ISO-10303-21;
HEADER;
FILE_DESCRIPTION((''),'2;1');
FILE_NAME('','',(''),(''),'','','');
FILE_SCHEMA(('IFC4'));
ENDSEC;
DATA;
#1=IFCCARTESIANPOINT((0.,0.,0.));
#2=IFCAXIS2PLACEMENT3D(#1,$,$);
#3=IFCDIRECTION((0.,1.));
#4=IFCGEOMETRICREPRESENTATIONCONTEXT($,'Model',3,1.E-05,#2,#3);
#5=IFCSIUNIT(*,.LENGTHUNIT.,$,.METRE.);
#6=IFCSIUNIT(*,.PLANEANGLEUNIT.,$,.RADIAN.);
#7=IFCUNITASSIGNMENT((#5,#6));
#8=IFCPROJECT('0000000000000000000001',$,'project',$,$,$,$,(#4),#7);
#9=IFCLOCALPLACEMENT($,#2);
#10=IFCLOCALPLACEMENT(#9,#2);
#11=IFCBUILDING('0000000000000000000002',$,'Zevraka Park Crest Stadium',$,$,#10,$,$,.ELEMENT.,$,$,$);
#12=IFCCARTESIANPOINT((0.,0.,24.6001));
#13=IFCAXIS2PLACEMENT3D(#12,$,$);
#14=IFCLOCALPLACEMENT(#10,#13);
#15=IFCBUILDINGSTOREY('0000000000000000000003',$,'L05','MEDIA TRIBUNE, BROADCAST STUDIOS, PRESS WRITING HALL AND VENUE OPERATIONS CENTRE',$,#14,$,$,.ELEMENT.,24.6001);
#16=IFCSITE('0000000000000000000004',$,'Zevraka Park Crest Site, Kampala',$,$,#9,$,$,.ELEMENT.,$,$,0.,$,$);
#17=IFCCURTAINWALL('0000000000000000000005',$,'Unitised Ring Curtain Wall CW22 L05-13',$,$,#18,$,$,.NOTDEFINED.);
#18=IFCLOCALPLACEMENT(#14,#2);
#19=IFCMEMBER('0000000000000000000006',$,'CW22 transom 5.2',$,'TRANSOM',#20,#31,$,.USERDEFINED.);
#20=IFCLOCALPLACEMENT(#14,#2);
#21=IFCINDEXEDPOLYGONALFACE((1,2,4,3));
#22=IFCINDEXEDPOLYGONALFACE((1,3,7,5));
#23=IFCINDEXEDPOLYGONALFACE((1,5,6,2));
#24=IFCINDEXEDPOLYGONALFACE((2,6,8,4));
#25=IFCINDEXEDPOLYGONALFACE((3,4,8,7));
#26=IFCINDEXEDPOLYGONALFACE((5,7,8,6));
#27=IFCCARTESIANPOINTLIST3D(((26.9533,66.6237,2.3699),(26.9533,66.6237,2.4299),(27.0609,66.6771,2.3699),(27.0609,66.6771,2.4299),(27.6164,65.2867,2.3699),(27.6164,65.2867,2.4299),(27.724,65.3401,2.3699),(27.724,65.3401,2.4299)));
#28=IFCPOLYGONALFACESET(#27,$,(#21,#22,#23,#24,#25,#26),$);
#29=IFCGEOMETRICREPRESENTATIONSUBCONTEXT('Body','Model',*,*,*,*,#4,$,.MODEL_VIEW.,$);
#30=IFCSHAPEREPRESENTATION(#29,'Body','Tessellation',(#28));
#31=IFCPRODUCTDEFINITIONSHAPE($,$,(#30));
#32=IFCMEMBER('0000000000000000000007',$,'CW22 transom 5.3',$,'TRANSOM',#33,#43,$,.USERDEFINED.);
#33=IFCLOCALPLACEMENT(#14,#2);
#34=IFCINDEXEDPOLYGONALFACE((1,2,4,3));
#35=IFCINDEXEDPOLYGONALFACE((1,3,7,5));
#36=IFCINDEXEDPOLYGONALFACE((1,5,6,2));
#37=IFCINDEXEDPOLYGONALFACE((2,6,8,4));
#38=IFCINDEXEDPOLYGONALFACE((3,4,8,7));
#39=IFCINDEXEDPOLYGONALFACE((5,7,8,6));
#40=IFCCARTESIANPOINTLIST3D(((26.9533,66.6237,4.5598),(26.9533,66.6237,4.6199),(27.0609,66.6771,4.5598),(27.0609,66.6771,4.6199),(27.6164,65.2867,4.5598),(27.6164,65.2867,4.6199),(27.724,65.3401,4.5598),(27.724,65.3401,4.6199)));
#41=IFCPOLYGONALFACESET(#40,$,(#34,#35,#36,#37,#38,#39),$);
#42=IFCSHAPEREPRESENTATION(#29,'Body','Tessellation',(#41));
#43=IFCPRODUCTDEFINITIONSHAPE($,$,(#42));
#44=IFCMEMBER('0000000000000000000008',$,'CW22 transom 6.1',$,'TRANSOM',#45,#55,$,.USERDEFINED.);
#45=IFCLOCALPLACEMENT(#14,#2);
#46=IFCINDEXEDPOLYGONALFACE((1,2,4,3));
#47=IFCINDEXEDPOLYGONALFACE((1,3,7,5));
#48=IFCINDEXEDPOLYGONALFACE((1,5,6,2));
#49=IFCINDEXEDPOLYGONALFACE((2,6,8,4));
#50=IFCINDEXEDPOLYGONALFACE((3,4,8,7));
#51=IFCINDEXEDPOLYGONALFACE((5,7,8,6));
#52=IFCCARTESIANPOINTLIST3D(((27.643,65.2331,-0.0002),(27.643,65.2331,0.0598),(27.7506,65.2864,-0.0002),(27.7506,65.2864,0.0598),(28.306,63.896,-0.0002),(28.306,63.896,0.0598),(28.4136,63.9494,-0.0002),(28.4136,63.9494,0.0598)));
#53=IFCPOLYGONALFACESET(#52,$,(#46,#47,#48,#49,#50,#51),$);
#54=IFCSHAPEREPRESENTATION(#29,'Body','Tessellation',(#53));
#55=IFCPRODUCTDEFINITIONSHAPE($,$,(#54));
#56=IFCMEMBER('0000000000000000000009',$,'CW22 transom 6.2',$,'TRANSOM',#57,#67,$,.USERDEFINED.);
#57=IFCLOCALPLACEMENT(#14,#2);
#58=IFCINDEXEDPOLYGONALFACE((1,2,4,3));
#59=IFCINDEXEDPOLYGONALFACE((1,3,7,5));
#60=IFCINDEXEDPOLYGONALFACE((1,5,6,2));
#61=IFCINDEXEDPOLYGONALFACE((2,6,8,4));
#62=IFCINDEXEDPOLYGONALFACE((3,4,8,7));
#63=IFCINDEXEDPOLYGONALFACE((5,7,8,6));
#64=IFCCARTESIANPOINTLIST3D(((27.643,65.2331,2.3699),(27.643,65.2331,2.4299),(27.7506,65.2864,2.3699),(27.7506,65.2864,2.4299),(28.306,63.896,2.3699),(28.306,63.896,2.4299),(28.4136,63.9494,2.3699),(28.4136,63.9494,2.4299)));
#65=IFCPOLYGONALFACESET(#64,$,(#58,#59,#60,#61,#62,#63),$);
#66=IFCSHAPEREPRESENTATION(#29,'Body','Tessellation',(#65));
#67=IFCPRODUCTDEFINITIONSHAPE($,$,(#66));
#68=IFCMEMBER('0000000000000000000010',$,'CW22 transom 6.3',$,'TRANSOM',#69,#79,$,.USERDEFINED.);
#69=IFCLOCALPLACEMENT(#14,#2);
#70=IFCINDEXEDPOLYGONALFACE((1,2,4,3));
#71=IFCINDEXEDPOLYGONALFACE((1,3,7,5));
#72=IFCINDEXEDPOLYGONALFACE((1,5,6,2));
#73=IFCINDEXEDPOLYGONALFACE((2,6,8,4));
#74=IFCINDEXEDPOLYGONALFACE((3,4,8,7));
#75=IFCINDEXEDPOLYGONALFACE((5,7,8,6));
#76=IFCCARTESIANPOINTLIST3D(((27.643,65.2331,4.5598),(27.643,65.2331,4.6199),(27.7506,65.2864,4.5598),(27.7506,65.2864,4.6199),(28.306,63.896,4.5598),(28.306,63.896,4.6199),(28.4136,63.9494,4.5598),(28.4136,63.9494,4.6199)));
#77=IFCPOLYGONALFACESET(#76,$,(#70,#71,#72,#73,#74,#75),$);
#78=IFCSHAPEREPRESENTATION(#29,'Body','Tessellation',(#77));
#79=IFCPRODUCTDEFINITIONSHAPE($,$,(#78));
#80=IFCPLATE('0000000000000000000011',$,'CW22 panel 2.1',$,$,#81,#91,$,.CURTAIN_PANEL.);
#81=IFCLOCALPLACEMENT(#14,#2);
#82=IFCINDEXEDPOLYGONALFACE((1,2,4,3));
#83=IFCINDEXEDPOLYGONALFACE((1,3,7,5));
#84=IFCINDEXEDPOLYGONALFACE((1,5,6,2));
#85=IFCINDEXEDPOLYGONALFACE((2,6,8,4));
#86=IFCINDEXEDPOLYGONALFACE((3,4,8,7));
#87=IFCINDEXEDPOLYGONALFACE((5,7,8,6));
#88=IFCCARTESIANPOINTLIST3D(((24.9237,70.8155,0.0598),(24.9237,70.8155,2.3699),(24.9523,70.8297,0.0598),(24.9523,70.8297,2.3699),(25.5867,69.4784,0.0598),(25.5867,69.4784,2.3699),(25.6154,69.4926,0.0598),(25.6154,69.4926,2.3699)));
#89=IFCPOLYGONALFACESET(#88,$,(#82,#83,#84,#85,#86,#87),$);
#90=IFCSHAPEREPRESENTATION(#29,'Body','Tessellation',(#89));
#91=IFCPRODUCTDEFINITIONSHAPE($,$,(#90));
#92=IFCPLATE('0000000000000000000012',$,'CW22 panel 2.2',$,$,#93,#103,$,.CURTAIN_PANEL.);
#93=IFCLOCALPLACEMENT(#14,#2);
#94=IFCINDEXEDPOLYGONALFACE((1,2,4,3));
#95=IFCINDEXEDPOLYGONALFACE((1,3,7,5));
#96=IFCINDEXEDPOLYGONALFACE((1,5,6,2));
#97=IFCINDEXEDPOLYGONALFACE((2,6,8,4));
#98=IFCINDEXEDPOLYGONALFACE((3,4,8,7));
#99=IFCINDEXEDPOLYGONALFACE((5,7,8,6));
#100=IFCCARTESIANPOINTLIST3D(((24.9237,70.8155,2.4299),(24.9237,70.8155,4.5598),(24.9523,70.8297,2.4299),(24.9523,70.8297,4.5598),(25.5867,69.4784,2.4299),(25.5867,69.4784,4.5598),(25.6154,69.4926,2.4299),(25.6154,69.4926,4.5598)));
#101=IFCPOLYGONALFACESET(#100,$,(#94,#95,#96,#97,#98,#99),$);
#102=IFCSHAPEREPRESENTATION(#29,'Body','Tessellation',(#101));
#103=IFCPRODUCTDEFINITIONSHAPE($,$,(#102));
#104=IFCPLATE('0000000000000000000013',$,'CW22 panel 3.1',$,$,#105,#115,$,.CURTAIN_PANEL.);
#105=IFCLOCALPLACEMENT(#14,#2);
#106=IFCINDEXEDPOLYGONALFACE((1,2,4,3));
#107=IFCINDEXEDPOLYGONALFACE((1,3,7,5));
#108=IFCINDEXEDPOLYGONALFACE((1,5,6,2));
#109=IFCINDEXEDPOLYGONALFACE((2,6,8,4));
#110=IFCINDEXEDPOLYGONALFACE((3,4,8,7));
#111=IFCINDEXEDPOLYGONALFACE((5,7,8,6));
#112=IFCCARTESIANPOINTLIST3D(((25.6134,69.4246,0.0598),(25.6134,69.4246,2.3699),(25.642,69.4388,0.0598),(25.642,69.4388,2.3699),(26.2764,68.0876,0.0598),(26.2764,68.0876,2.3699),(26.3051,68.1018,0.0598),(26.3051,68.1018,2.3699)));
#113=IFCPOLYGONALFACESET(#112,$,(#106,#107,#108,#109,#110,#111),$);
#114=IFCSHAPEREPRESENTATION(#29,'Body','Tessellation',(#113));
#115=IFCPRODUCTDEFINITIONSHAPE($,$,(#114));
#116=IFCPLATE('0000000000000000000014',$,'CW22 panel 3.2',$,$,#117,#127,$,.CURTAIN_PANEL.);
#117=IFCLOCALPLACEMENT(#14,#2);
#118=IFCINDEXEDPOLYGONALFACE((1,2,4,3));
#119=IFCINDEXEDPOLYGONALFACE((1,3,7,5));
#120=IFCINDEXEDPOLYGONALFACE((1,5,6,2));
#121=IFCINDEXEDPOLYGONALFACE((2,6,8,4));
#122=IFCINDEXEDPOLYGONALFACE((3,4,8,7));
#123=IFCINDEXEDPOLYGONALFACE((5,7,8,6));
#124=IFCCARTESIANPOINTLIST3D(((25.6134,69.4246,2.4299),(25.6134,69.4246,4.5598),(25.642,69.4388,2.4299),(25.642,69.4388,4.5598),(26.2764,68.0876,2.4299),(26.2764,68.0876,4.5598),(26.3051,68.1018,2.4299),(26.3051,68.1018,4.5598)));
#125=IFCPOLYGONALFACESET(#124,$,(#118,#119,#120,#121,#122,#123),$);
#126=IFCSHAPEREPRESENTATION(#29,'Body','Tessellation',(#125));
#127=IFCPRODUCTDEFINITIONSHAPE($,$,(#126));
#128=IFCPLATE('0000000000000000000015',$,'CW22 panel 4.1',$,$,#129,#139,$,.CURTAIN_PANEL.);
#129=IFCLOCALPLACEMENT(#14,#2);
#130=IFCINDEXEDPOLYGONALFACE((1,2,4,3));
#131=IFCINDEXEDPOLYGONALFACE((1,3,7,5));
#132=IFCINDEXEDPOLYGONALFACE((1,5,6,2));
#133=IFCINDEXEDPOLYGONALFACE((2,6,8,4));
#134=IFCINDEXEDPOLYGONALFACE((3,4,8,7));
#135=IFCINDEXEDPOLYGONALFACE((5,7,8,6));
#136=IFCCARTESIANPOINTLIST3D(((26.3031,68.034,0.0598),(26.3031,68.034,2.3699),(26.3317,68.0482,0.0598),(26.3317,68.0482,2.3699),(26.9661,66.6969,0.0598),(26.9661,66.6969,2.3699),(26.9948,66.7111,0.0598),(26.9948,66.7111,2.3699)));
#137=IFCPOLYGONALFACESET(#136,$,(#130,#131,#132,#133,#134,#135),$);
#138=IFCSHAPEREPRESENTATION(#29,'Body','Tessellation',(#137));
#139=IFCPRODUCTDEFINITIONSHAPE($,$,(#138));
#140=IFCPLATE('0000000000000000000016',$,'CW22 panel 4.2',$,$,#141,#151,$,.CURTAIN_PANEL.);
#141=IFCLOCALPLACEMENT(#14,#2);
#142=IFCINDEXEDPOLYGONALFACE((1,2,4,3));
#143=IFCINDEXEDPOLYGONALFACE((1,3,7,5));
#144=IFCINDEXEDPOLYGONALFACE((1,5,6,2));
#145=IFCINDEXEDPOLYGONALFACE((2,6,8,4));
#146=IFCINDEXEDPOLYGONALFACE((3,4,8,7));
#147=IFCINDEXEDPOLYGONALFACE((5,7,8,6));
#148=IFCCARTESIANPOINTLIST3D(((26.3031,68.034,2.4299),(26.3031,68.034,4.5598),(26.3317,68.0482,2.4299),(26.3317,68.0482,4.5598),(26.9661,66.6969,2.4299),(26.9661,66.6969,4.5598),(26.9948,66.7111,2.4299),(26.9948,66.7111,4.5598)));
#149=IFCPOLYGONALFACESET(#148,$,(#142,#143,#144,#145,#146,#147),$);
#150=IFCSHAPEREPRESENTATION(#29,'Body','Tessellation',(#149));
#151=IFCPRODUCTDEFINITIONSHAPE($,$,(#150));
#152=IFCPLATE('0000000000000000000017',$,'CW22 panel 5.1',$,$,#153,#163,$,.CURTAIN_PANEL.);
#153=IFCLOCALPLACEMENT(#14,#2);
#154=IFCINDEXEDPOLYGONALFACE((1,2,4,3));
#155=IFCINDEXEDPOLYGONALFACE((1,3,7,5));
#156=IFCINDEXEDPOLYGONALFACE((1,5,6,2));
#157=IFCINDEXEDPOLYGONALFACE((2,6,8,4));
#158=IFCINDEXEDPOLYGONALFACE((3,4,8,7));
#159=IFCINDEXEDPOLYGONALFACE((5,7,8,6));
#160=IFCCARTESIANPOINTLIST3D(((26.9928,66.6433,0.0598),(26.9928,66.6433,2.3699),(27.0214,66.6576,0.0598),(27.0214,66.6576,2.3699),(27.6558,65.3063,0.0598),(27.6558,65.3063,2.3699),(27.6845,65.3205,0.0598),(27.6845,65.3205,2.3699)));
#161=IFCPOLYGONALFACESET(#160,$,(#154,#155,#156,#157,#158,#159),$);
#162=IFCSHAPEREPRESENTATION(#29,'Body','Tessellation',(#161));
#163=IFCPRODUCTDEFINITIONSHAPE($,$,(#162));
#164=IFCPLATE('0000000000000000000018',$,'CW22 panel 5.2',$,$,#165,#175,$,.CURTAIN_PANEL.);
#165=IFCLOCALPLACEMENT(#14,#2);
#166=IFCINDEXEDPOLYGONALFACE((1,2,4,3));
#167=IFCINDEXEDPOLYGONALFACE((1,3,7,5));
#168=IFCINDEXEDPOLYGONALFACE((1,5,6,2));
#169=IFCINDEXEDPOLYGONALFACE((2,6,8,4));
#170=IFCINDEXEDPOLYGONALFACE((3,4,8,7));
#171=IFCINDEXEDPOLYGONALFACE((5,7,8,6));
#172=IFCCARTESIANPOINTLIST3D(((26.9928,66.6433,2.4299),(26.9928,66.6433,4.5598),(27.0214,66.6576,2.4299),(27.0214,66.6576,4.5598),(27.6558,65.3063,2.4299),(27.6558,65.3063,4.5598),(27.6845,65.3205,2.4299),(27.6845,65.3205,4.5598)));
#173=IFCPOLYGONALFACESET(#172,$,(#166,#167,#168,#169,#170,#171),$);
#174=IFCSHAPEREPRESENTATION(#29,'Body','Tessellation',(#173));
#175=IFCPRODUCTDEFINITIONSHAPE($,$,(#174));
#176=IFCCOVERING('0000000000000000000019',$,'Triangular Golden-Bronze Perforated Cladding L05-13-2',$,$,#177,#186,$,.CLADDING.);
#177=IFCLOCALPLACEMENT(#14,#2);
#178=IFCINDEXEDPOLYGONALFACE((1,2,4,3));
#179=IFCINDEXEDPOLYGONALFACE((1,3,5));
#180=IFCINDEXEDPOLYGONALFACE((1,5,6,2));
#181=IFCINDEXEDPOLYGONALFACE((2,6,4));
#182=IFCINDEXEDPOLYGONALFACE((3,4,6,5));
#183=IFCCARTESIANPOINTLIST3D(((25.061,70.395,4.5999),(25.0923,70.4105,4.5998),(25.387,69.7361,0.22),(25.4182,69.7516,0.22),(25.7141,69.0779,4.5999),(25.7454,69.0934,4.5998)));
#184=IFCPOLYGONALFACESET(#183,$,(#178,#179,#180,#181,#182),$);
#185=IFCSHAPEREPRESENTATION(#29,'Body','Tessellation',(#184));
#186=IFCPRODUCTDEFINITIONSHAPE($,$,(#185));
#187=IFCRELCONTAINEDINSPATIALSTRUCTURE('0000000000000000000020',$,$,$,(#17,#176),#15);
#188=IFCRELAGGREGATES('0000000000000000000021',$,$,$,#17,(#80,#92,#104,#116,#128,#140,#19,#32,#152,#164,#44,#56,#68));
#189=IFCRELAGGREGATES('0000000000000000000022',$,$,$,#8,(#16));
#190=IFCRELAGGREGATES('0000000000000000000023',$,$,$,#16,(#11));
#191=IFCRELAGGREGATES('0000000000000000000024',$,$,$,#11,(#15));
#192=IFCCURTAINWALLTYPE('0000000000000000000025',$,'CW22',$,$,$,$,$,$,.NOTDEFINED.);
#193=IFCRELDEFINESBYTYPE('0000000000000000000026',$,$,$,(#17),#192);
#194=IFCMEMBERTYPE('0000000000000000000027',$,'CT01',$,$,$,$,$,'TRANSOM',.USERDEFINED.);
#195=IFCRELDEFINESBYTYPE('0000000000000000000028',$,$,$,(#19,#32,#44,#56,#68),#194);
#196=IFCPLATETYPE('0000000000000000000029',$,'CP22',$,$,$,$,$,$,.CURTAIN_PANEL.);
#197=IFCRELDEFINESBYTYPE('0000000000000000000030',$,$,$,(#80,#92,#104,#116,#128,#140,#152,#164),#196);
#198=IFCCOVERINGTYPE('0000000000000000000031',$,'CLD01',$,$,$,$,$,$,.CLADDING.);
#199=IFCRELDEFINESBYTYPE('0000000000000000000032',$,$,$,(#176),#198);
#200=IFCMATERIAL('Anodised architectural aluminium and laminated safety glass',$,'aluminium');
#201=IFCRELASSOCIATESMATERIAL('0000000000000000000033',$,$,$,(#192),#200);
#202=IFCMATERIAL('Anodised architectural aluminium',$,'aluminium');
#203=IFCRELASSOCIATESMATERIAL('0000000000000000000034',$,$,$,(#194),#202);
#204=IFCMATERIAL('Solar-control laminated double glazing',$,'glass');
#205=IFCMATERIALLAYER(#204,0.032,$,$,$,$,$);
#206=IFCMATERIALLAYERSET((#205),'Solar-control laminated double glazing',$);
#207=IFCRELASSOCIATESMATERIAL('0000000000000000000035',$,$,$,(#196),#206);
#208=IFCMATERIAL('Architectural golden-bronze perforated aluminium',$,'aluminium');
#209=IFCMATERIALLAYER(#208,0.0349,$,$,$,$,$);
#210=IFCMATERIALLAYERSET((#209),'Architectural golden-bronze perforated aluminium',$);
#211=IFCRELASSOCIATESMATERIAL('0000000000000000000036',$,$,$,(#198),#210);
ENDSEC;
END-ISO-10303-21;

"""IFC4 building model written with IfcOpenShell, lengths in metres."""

from ifc_helpers import new_model, si_unit, direction, frame, origin, origin_2d, place, context, subcontext, project, spatial, polyline, rectangle, outline, extrude, material, layer, layer_set, material_profile, profile_set, type_object, element, aggregate, save


model = new_model("IFC4")

# Units and contexts
model_context = context("Model", 3, precision=1e-05, world=origin(), true_north=direction((0.0, 1.0)))
body_context = subcontext(model_context, "Body", "Model", "MODEL_VIEW")
ifc_project = project(units=[si_unit("LENGTHUNIT", "METRE"), si_unit("PLANEANGLEUNIT", "RADIAN")], contexts=[model_context])

# Site, building, storey
site_placement = place(None, origin())
site = spatial("IfcSite", under=ifc_project, at=site_placement, Name="Zevraka Park Crest Site, Kampala", CompositionType="ELEMENT", RefElevation=0.0)
building_placement = place(site_placement, origin())
building = spatial("IfcBuilding", under=site, at=building_placement, Name="Zevraka Park Crest Stadium", CompositionType="ELEMENT")
storey_placement = place(building_placement, frame((0.0, 0.0, 24.6001)))
storey = spatial("IfcBuildingStorey", under=building, at=storey_placement, Name="L05", Description="MEDIA TRIBUNE, BROADCAST STUDIOS, PRESS WRITING HALL AND VENUE OPERATIONS CENTRE", CompositionType="ELEMENT", Elevation=24.6001)

# Curtain wall, members, plates
ifc_material_1 = material(Name="Anodised architectural aluminium and laminated safety glass", Category="aluminium")
curtain_wall_type = type_object("IfcCurtainWallType", Name="CW22", PredefinedType="NOTDEFINED", material=ifc_material_1)
curtain_wall_placement = place(storey_placement, origin())
curtain_wall = element("IfcCurtainWall", 1, at=curtain_wall_placement, inside=storey, type_object=curtain_wall_type, Name="Unitised Ring Curtain Wall CW22 L05-13", PredefinedType="NOTDEFINED")
ifc_material_2 = material(Name="Anodised architectural aluminium", Category="aluminium")
ifc_material_profile_1 = material_profile(ifc_material_2, rectangle(XDim=0.1201, YDim=0.0601, at=origin_2d()), Name="ALU TRANSOM 120x60")
ifc_profile_set_1 = profile_set([ifc_material_profile_1], Name="Anodised architectural aluminium")
member_type_1 = type_object("IfcMemberType", Name="CT01", ElementType="TRANSOM", PredefinedType="USERDEFINED", material=ifc_profile_set_1)
member_1_placement = place(storey_placement, frame((27.0071, 66.6504, 2.3999), z_axis=(0.444332, -0.895862, 0.0), x_axis=(0.895862, 0.444332, 0.0)))
member_1 = element("IfcMember", 2, at=member_1_placement, type_object=member_type_1, Name="CW22 transom 5.2", ObjectType="TRANSOM", PredefinedType="USERDEFINED", context=body_context, shape_type="SweptSolid", body=[
    extrude(rectangle(XDim=0.1201, YDim=0.0601, at=origin_2d()), origin(), (0.0, 0.0, 1.0), 1.4924),
])
member_2_placement = place(storey_placement, frame((27.0071, 66.6504, 4.5898), z_axis=(0.444332, -0.895862, 0.0), x_axis=(0.895862, 0.444332, 0.0)))
member_2 = element("IfcMember", 3, at=member_2_placement, type_object=member_type_1, Name="CW22 transom 5.3", ObjectType="TRANSOM", PredefinedType="USERDEFINED", context=body_context, shape_type="SweptSolid", body=[
    extrude(rectangle(XDim=0.1201, YDim=0.0601, at=origin_2d()), origin(), (0.0, 0.0, 1.0), 1.4924),
])
member_3_placement = place(storey_placement, frame((27.6968, 65.2598, 0.0298), z_axis=(0.444267, -0.895895, 0.0), x_axis=(0.895895, 0.444267, 0.0)))
member_3 = element("IfcMember", 4, at=member_3_placement, type_object=member_type_1, Name="CW22 transom 6.1", ObjectType="TRANSOM", PredefinedType="USERDEFINED", context=body_context, shape_type="SweptSolid", body=[
    extrude(rectangle(XDim=0.1201, YDim=0.0601, at=origin_2d()), origin(), (0.0, 0.0, 1.0), 1.4924),
])
member_4_placement = place(storey_placement, frame((27.6968, 65.2598, 2.3999), z_axis=(0.444267, -0.895895, 0.0), x_axis=(0.895895, 0.444267, 0.0)))
member_4 = element("IfcMember", 5, at=member_4_placement, type_object=member_type_1, Name="CW22 transom 6.2", ObjectType="TRANSOM", PredefinedType="USERDEFINED", context=body_context, shape_type="SweptSolid", body=[
    extrude(rectangle(XDim=0.1201, YDim=0.0601, at=origin_2d()), origin(), (0.0, 0.0, 1.0), 1.4924),
])
member_5_placement = place(storey_placement, frame((27.6968, 65.2598, 4.5898), z_axis=(0.444267, -0.895895, 0.0), x_axis=(0.895895, 0.444267, 0.0)))
member_5 = element("IfcMember", 6, at=member_5_placement, type_object=member_type_1, Name="CW22 transom 6.3", ObjectType="TRANSOM", PredefinedType="USERDEFINED", context=body_context, shape_type="SweptSolid", body=[
    extrude(rectangle(XDim=0.1201, YDim=0.0601, at=origin_2d()), origin(), (0.0, 0.0, 1.0), 1.4924),
])
ifc_material_3 = material(Name="Solar-control laminated double glazing", Category="glass")
ifc_layer_1 = layer(ifc_material_3, 0.032)
ifc_layer_set_1 = layer_set([ifc_layer_1], Name="Solar-control laminated double glazing")
plate_type = type_object("IfcPlateType", Name="CP22", PredefinedType="CURTAIN_PANEL", material=ifc_layer_set_1)
plate_1_placement = place(storey_placement, frame((25.2695, 70.1541, 0.0598), z_axis=(0.0, 0.0, 1.0), x_axis=(0.444297, -0.895879, 0.0)))
plate_1 = element("IfcPlate", 7, at=plate_1_placement, type_object=plate_type, Name="CW22 panel 2.1", PredefinedType="CURTAIN_PANEL", context=body_context, shape_type="SweptSolid", body=[
    extrude(rectangle(XDim=1.4924, YDim=0.032, at=origin_2d()), origin(), (0.0, 0.0, 1.0), 2.3101),
])
plate_2_placement = place(storey_placement, frame((25.2695, 70.1541, 2.4299), z_axis=(0.0, 0.0, 1.0), x_axis=(0.444297, -0.895879, 0.0)))
plate_2 = element("IfcPlate", 8, at=plate_2_placement, type_object=plate_type, Name="CW22 panel 2.2", PredefinedType="CURTAIN_PANEL", context=body_context, shape_type="SweptSolid", body=[
    extrude(rectangle(XDim=1.4924, YDim=0.032, at=origin_2d()), origin(), (0.0, 0.0, 1.0), 2.1299),
])
plate_3_placement = place(storey_placement, frame((25.9592, 68.7632, 0.0598), z_axis=(0.0, 0.0, 1.0), x_axis=(0.444297, -0.895879, 0.0)))
plate_3 = element("IfcPlate", 9, at=plate_3_placement, type_object=plate_type, Name="CW22 panel 3.1", PredefinedType="CURTAIN_PANEL", context=body_context, shape_type="SweptSolid", body=[
    extrude(rectangle(XDim=1.4924, YDim=0.032, at=origin_2d()), origin(), (0.0, 0.0, 1.0), 2.3101),
])
plate_4_placement = place(storey_placement, frame((25.9592, 68.7632, 2.4299), z_axis=(0.0, 0.0, 1.0), x_axis=(0.444297, -0.895879, 0.0)))
plate_4 = element("IfcPlate", 10, at=plate_4_placement, type_object=plate_type, Name="CW22 panel 3.2", PredefinedType="CURTAIN_PANEL", context=body_context, shape_type="SweptSolid", body=[
    extrude(rectangle(XDim=1.4924, YDim=0.032, at=origin_2d()), origin(), (0.0, 0.0, 1.0), 2.1299),
])
plate_5_placement = place(storey_placement, frame((26.6489, 67.3726, 0.0598), z_axis=(0.0, 0.0, 1.0), x_axis=(0.444297, -0.895879, 0.0)))
plate_5 = element("IfcPlate", 11, at=plate_5_placement, type_object=plate_type, Name="CW22 panel 4.1", PredefinedType="CURTAIN_PANEL", context=body_context, shape_type="SweptSolid", body=[
    extrude(rectangle(XDim=1.4924, YDim=0.032, at=origin_2d()), origin(), (0.0, 0.0, 1.0), 2.3101),
])
plate_6_placement = place(storey_placement, frame((26.6489, 67.3726, 2.4299), z_axis=(0.0, 0.0, 1.0), x_axis=(0.444297, -0.895879, 0.0)))
plate_6 = element("IfcPlate", 12, at=plate_6_placement, type_object=plate_type, Name="CW22 panel 4.2", PredefinedType="CURTAIN_PANEL", context=body_context, shape_type="SweptSolid", body=[
    extrude(rectangle(XDim=1.4924, YDim=0.032, at=origin_2d()), origin(), (0.0, 0.0, 1.0), 2.1299),
])
plate_7_placement = place(storey_placement, frame((27.3386, 65.9819, 0.0598), z_axis=(0.0, 0.0, 1.0), x_axis=(0.444297, -0.895879, 0.0)))
plate_7 = element("IfcPlate", 13, at=plate_7_placement, type_object=plate_type, Name="CW22 panel 5.1", PredefinedType="CURTAIN_PANEL", context=body_context, shape_type="SweptSolid", body=[
    extrude(rectangle(XDim=1.4924, YDim=0.032, at=origin_2d()), origin(), (0.0, 0.0, 1.0), 2.3101),
])
plate_8_placement = place(storey_placement, frame((27.3386, 65.9819, 2.4299), z_axis=(0.0, 0.0, 1.0), x_axis=(0.444297, -0.895879, 0.0)))
plate_8 = element("IfcPlate", 14, at=plate_8_placement, type_object=plate_type, Name="CW22 panel 5.2", PredefinedType="CURTAIN_PANEL", context=body_context, shape_type="SweptSolid", body=[
    extrude(rectangle(XDim=1.4924, YDim=0.032, at=origin_2d()), origin(), (0.0, 0.0, 1.0), 2.1299),
])
aggregate(curtain_wall, [plate_1, plate_2, plate_3, plate_4, plate_5, plate_6, member_1, member_2, plate_7, plate_8, member_3, member_4, member_5])

# Covering
ifc_material_4 = material(Name="Architectural golden-bronze perforated aluminium", Category="aluminium")
ifc_layer_2 = layer(ifc_material_4, 0.0349)
ifc_layer_set_2 = layer_set([ifc_layer_2], Name="Architectural golden-bronze perforated aluminium")
covering_type = type_object("IfcCoveringType", Name="CLD01", PredefinedType="CLADDING", material=ifc_layer_set_2)
covering_1_placement = place(storey_placement, frame((25.7141, 69.0779, 4.5999), z_axis=(-0.895917, -0.444222, 0.000162), x_axis=(-0.444222, 0.895917, 0.0)))
element("IfcCovering", 15, at=covering_1_placement, inside=storey, type_object=covering_type, Name="Triangular Golden-Bronze Perforated Cladding L05-13-2", PredefinedType="CLADDING", context=body_context, shape_type="SweptSolid", body=[
    extrude(outline(polyline([(0.0, 0.0), (1.4702, 0.0), (0.735, 4.3799), (0.0, 0.0)])), origin(), (0.0, 0.0, -1.0), 0.0349),
])

save(model, "model.ifc")
